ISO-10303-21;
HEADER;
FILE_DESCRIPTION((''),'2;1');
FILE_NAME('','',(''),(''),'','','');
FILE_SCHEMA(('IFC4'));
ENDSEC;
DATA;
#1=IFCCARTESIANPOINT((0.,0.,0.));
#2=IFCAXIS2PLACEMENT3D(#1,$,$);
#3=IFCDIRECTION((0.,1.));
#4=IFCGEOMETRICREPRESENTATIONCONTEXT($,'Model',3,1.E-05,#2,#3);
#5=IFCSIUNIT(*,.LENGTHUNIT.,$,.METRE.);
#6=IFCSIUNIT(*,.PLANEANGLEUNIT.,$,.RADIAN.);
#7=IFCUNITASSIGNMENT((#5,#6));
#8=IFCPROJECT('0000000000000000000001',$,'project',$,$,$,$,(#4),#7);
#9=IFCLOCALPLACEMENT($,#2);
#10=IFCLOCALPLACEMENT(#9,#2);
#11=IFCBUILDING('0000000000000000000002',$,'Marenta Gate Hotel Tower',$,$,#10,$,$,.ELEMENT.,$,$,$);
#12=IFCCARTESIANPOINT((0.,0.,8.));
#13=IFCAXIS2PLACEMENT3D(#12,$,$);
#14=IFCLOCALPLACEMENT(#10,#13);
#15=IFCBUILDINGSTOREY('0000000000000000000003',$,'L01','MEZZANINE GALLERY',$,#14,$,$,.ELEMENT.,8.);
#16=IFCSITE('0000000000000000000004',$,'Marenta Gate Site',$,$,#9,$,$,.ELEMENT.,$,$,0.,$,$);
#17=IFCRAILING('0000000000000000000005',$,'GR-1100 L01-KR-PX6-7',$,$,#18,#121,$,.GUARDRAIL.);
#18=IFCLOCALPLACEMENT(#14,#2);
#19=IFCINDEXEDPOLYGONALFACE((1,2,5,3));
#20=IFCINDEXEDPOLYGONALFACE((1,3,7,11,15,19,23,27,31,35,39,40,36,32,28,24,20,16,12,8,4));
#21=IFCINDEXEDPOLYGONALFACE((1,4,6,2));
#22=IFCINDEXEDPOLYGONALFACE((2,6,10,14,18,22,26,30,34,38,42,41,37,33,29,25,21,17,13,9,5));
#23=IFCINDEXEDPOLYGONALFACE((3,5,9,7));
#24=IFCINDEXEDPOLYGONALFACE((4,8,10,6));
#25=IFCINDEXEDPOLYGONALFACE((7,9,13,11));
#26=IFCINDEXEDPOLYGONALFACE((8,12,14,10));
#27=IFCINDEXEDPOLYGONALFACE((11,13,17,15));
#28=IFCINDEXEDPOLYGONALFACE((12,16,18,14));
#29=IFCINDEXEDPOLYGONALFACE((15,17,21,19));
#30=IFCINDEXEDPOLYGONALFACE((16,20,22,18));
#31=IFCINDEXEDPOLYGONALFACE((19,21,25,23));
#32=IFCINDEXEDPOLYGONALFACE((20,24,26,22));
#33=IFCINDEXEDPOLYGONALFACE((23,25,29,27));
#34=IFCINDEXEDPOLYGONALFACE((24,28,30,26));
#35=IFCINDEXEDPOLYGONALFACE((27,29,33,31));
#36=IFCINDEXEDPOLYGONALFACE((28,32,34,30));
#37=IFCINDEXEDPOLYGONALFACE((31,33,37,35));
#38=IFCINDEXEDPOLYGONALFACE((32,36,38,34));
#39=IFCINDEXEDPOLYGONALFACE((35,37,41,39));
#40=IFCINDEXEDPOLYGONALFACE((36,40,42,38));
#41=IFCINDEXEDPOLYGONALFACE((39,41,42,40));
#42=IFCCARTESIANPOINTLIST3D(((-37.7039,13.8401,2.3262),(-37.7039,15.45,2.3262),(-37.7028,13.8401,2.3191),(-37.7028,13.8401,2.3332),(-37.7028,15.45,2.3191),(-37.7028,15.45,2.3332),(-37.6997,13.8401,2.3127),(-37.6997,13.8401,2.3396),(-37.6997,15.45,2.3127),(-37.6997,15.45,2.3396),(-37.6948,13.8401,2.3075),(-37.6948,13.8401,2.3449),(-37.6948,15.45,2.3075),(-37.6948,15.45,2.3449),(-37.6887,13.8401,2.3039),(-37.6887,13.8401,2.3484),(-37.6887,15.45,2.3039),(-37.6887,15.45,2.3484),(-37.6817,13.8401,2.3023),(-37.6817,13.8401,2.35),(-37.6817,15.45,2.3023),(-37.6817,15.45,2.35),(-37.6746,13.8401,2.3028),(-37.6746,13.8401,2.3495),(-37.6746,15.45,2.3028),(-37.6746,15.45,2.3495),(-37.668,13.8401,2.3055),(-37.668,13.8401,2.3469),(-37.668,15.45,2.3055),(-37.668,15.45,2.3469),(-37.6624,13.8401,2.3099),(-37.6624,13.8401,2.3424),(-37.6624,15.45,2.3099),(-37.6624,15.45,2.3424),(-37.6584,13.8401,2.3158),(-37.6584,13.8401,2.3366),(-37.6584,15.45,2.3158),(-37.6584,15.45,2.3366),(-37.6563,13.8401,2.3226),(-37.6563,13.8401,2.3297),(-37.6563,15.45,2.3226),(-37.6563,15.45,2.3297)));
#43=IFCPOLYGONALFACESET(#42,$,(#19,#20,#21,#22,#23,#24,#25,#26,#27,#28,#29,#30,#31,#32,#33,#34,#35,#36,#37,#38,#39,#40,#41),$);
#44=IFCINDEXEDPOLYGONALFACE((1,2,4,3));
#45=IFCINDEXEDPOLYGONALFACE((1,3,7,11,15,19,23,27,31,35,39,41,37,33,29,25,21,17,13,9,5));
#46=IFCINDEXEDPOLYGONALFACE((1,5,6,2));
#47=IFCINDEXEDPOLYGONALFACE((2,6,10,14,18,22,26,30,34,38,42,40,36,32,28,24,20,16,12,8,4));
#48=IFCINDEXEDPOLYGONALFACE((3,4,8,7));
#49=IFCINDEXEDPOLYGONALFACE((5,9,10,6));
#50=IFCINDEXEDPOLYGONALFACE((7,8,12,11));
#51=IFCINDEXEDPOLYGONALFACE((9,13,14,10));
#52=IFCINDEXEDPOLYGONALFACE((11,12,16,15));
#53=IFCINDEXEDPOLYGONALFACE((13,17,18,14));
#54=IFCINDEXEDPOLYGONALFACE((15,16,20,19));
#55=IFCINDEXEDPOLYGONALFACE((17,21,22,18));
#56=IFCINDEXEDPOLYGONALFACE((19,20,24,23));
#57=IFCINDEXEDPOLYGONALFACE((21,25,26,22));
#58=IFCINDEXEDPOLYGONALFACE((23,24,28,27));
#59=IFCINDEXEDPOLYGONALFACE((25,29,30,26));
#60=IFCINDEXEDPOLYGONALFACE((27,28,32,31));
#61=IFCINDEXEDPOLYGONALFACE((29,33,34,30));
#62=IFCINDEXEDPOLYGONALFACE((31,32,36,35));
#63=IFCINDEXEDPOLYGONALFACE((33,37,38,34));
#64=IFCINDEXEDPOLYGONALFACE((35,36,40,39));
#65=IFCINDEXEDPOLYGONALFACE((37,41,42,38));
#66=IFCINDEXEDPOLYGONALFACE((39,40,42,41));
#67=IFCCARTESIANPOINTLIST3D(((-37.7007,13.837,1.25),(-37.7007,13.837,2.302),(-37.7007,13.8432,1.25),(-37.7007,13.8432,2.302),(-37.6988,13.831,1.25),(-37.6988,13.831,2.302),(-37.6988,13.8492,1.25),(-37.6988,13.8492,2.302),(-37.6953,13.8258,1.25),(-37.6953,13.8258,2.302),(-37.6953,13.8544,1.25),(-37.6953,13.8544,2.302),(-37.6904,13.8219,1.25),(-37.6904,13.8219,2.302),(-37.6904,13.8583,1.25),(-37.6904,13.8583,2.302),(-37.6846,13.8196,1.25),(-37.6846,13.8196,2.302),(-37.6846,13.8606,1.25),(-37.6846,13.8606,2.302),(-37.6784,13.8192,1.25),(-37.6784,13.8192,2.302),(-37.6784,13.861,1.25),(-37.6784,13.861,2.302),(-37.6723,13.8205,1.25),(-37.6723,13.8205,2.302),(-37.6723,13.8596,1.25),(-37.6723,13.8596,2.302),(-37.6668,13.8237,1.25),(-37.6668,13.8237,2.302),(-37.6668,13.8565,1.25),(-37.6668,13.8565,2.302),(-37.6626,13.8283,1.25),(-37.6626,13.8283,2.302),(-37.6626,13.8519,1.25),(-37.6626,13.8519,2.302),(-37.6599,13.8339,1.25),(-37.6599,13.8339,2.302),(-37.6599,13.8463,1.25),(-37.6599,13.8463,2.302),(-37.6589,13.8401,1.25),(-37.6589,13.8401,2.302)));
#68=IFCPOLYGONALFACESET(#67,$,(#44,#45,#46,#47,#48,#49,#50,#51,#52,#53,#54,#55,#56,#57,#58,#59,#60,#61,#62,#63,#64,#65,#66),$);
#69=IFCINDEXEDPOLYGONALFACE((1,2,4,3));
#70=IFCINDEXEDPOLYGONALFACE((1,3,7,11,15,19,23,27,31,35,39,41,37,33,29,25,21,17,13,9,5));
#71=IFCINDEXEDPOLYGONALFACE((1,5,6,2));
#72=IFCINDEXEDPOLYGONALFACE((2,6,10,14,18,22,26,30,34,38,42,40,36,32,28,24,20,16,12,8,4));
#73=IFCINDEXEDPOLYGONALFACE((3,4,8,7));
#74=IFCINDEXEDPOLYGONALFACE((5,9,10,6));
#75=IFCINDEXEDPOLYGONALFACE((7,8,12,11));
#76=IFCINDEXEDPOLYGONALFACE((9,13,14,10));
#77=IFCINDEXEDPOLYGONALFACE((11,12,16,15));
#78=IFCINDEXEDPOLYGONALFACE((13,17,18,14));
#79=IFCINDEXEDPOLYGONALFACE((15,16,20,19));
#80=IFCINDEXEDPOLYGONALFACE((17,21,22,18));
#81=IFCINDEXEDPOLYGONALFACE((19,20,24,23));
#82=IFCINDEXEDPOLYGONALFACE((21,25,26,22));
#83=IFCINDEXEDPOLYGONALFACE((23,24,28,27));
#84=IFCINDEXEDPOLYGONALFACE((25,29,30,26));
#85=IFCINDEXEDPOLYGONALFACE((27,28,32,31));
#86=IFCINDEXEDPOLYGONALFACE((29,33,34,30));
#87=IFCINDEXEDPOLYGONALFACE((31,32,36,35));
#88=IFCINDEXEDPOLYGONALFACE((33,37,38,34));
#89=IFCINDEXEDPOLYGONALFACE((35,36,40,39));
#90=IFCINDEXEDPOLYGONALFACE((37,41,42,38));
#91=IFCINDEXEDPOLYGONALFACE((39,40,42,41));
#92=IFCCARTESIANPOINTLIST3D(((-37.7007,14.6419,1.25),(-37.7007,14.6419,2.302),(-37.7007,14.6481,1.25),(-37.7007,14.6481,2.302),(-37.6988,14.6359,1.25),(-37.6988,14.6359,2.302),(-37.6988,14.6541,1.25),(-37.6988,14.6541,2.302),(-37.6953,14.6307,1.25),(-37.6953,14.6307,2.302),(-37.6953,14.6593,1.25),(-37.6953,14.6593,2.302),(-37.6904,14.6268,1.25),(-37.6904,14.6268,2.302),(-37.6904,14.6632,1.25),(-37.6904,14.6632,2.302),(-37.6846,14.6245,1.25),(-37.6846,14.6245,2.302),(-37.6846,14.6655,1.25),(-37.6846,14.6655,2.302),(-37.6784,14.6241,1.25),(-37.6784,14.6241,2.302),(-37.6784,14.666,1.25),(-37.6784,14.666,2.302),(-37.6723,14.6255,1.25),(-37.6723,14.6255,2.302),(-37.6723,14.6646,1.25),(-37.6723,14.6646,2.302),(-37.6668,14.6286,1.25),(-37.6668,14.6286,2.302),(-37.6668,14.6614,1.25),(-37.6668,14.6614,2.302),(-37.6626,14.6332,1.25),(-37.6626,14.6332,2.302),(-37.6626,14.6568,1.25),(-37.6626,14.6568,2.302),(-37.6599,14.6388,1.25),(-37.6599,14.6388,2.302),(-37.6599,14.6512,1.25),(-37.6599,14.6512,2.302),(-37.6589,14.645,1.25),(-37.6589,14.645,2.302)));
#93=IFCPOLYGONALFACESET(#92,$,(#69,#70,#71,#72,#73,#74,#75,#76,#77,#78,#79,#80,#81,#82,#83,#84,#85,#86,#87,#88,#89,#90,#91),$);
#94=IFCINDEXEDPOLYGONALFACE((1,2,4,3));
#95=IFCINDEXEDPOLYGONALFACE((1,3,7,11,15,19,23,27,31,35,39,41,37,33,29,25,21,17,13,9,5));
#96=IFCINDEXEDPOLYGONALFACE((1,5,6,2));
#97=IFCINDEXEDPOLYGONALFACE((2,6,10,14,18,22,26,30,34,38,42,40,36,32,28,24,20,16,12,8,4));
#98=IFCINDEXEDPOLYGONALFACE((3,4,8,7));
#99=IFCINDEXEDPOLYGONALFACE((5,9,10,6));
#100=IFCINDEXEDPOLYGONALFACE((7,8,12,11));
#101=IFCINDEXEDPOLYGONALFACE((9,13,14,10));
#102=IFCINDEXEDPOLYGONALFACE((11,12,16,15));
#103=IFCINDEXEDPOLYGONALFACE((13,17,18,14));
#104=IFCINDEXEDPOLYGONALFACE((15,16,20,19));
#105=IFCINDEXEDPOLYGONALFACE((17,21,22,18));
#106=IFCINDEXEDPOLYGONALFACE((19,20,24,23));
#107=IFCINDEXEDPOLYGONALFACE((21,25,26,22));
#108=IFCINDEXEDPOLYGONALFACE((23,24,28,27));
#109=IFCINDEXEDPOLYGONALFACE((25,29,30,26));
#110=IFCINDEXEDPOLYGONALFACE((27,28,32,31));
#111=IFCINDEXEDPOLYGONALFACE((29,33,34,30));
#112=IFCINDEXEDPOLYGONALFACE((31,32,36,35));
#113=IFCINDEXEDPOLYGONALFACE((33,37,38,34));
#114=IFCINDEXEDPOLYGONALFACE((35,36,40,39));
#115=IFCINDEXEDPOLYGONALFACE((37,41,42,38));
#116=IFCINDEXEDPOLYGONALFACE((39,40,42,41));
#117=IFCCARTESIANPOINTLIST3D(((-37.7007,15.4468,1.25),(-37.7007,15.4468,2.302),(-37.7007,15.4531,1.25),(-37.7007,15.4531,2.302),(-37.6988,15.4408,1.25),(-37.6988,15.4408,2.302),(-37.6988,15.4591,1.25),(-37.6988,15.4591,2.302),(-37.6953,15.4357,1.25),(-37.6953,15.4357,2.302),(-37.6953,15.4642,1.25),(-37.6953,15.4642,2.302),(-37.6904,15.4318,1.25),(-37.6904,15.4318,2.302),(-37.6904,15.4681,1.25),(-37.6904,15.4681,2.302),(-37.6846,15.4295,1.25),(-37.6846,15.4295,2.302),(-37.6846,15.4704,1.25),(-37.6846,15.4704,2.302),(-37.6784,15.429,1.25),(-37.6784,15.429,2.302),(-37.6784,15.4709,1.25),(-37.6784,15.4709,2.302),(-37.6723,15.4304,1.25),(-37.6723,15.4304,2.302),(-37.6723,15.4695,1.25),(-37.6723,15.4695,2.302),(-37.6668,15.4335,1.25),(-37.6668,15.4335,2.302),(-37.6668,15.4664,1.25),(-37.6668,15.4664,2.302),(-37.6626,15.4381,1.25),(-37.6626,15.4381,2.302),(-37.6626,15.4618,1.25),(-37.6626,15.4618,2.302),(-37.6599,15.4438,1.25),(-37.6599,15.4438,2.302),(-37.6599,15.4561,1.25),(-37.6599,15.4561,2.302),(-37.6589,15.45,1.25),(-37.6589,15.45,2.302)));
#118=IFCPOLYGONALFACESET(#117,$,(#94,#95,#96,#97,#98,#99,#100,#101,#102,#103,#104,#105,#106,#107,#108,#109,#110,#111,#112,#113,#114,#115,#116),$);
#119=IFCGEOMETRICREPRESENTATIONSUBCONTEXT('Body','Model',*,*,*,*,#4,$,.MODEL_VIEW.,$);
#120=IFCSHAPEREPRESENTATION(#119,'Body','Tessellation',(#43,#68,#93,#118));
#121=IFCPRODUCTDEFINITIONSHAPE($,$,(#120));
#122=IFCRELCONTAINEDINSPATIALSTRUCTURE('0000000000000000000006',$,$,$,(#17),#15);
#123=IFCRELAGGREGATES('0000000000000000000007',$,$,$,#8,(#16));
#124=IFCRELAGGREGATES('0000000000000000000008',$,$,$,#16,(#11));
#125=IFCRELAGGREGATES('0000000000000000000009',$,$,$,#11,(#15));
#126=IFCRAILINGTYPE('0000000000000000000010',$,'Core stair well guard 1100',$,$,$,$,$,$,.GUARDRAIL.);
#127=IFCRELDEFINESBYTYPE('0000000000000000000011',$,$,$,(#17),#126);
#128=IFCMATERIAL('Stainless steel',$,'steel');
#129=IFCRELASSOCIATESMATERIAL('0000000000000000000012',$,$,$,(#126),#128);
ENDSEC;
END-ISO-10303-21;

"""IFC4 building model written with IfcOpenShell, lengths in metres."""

from ifc_helpers import new_model, si_unit, direction, frame, origin, origin_2d, place, context, subcontext, project, spatial, circle, extrude, material, type_object, element, save


model = new_model("IFC4")

# Units and contexts
model_context = context("Model", 3, precision=1e-05, world=origin(), true_north=direction((0.0, 1.0)))
body_context = subcontext(model_context, "Body", "Model", "MODEL_VIEW")
ifc_project = project(units=[si_unit("LENGTHUNIT", "METRE"), si_unit("PLANEANGLEUNIT", "RADIAN")], contexts=[model_context])

# Site, building, storey
site_placement = place(None, origin())
site = spatial("IfcSite", under=ifc_project, at=site_placement, Name="Marenta Gate Site", CompositionType="ELEMENT", RefElevation=0.0)
building_placement = place(site_placement, origin())
building = spatial("IfcBuilding", under=site, at=building_placement, Name="Marenta Gate Hotel Tower", CompositionType="ELEMENT")
storey_placement = place(building_placement, frame((0.0, 0.0, 8.0)))
storey = spatial("IfcBuildingStorey", under=building, at=storey_placement, Name="L01", Description="MEZZANINE GALLERY", CompositionType="ELEMENT", Elevation=8.0)

# Railing
ifc_material_1 = material(Name="Stainless steel", Category="steel")
railing_type_1 = type_object("IfcRailingType", Name="Core stair well guard 1100", PredefinedType="GUARDRAIL", material=ifc_material_1)
railing_1_placement = place(storey_placement, frame((-37.6799, 13.8401, 1.25)))
element("IfcRailing", 1, at=railing_1_placement, inside=storey, type_object=railing_type_1, Name="GR-1100 L01-KR-PX6-7", PredefinedType="GUARDRAIL", context=body_context, shape_type="SweptSolid", body=[
    extrude(circle(Radius=0.0239, at=origin_2d()), frame((0.0, 0.0, 1.0762), z_axis=(0.0, 1.0, 0.0), x_axis=(-1.0, 0.0, 0.0)), (0.0, 0.0, 1.0), 1.6099),
    extrude(circle(Radius=0.021, at=origin_2d()), origin(), (0.0, 0.0, 1.0), 1.052),
    extrude(circle(Radius=0.021, at=origin_2d()), frame((0.0, 0.8049, 0.0)), (0.0, 0.0, 1.0), 1.052),
    extrude(circle(Radius=0.021, at=origin_2d()), frame((0.0, 1.6099, 0.0)), (0.0, 0.0, 1.0), 1.052),
])

save(model, "model.ifc")
